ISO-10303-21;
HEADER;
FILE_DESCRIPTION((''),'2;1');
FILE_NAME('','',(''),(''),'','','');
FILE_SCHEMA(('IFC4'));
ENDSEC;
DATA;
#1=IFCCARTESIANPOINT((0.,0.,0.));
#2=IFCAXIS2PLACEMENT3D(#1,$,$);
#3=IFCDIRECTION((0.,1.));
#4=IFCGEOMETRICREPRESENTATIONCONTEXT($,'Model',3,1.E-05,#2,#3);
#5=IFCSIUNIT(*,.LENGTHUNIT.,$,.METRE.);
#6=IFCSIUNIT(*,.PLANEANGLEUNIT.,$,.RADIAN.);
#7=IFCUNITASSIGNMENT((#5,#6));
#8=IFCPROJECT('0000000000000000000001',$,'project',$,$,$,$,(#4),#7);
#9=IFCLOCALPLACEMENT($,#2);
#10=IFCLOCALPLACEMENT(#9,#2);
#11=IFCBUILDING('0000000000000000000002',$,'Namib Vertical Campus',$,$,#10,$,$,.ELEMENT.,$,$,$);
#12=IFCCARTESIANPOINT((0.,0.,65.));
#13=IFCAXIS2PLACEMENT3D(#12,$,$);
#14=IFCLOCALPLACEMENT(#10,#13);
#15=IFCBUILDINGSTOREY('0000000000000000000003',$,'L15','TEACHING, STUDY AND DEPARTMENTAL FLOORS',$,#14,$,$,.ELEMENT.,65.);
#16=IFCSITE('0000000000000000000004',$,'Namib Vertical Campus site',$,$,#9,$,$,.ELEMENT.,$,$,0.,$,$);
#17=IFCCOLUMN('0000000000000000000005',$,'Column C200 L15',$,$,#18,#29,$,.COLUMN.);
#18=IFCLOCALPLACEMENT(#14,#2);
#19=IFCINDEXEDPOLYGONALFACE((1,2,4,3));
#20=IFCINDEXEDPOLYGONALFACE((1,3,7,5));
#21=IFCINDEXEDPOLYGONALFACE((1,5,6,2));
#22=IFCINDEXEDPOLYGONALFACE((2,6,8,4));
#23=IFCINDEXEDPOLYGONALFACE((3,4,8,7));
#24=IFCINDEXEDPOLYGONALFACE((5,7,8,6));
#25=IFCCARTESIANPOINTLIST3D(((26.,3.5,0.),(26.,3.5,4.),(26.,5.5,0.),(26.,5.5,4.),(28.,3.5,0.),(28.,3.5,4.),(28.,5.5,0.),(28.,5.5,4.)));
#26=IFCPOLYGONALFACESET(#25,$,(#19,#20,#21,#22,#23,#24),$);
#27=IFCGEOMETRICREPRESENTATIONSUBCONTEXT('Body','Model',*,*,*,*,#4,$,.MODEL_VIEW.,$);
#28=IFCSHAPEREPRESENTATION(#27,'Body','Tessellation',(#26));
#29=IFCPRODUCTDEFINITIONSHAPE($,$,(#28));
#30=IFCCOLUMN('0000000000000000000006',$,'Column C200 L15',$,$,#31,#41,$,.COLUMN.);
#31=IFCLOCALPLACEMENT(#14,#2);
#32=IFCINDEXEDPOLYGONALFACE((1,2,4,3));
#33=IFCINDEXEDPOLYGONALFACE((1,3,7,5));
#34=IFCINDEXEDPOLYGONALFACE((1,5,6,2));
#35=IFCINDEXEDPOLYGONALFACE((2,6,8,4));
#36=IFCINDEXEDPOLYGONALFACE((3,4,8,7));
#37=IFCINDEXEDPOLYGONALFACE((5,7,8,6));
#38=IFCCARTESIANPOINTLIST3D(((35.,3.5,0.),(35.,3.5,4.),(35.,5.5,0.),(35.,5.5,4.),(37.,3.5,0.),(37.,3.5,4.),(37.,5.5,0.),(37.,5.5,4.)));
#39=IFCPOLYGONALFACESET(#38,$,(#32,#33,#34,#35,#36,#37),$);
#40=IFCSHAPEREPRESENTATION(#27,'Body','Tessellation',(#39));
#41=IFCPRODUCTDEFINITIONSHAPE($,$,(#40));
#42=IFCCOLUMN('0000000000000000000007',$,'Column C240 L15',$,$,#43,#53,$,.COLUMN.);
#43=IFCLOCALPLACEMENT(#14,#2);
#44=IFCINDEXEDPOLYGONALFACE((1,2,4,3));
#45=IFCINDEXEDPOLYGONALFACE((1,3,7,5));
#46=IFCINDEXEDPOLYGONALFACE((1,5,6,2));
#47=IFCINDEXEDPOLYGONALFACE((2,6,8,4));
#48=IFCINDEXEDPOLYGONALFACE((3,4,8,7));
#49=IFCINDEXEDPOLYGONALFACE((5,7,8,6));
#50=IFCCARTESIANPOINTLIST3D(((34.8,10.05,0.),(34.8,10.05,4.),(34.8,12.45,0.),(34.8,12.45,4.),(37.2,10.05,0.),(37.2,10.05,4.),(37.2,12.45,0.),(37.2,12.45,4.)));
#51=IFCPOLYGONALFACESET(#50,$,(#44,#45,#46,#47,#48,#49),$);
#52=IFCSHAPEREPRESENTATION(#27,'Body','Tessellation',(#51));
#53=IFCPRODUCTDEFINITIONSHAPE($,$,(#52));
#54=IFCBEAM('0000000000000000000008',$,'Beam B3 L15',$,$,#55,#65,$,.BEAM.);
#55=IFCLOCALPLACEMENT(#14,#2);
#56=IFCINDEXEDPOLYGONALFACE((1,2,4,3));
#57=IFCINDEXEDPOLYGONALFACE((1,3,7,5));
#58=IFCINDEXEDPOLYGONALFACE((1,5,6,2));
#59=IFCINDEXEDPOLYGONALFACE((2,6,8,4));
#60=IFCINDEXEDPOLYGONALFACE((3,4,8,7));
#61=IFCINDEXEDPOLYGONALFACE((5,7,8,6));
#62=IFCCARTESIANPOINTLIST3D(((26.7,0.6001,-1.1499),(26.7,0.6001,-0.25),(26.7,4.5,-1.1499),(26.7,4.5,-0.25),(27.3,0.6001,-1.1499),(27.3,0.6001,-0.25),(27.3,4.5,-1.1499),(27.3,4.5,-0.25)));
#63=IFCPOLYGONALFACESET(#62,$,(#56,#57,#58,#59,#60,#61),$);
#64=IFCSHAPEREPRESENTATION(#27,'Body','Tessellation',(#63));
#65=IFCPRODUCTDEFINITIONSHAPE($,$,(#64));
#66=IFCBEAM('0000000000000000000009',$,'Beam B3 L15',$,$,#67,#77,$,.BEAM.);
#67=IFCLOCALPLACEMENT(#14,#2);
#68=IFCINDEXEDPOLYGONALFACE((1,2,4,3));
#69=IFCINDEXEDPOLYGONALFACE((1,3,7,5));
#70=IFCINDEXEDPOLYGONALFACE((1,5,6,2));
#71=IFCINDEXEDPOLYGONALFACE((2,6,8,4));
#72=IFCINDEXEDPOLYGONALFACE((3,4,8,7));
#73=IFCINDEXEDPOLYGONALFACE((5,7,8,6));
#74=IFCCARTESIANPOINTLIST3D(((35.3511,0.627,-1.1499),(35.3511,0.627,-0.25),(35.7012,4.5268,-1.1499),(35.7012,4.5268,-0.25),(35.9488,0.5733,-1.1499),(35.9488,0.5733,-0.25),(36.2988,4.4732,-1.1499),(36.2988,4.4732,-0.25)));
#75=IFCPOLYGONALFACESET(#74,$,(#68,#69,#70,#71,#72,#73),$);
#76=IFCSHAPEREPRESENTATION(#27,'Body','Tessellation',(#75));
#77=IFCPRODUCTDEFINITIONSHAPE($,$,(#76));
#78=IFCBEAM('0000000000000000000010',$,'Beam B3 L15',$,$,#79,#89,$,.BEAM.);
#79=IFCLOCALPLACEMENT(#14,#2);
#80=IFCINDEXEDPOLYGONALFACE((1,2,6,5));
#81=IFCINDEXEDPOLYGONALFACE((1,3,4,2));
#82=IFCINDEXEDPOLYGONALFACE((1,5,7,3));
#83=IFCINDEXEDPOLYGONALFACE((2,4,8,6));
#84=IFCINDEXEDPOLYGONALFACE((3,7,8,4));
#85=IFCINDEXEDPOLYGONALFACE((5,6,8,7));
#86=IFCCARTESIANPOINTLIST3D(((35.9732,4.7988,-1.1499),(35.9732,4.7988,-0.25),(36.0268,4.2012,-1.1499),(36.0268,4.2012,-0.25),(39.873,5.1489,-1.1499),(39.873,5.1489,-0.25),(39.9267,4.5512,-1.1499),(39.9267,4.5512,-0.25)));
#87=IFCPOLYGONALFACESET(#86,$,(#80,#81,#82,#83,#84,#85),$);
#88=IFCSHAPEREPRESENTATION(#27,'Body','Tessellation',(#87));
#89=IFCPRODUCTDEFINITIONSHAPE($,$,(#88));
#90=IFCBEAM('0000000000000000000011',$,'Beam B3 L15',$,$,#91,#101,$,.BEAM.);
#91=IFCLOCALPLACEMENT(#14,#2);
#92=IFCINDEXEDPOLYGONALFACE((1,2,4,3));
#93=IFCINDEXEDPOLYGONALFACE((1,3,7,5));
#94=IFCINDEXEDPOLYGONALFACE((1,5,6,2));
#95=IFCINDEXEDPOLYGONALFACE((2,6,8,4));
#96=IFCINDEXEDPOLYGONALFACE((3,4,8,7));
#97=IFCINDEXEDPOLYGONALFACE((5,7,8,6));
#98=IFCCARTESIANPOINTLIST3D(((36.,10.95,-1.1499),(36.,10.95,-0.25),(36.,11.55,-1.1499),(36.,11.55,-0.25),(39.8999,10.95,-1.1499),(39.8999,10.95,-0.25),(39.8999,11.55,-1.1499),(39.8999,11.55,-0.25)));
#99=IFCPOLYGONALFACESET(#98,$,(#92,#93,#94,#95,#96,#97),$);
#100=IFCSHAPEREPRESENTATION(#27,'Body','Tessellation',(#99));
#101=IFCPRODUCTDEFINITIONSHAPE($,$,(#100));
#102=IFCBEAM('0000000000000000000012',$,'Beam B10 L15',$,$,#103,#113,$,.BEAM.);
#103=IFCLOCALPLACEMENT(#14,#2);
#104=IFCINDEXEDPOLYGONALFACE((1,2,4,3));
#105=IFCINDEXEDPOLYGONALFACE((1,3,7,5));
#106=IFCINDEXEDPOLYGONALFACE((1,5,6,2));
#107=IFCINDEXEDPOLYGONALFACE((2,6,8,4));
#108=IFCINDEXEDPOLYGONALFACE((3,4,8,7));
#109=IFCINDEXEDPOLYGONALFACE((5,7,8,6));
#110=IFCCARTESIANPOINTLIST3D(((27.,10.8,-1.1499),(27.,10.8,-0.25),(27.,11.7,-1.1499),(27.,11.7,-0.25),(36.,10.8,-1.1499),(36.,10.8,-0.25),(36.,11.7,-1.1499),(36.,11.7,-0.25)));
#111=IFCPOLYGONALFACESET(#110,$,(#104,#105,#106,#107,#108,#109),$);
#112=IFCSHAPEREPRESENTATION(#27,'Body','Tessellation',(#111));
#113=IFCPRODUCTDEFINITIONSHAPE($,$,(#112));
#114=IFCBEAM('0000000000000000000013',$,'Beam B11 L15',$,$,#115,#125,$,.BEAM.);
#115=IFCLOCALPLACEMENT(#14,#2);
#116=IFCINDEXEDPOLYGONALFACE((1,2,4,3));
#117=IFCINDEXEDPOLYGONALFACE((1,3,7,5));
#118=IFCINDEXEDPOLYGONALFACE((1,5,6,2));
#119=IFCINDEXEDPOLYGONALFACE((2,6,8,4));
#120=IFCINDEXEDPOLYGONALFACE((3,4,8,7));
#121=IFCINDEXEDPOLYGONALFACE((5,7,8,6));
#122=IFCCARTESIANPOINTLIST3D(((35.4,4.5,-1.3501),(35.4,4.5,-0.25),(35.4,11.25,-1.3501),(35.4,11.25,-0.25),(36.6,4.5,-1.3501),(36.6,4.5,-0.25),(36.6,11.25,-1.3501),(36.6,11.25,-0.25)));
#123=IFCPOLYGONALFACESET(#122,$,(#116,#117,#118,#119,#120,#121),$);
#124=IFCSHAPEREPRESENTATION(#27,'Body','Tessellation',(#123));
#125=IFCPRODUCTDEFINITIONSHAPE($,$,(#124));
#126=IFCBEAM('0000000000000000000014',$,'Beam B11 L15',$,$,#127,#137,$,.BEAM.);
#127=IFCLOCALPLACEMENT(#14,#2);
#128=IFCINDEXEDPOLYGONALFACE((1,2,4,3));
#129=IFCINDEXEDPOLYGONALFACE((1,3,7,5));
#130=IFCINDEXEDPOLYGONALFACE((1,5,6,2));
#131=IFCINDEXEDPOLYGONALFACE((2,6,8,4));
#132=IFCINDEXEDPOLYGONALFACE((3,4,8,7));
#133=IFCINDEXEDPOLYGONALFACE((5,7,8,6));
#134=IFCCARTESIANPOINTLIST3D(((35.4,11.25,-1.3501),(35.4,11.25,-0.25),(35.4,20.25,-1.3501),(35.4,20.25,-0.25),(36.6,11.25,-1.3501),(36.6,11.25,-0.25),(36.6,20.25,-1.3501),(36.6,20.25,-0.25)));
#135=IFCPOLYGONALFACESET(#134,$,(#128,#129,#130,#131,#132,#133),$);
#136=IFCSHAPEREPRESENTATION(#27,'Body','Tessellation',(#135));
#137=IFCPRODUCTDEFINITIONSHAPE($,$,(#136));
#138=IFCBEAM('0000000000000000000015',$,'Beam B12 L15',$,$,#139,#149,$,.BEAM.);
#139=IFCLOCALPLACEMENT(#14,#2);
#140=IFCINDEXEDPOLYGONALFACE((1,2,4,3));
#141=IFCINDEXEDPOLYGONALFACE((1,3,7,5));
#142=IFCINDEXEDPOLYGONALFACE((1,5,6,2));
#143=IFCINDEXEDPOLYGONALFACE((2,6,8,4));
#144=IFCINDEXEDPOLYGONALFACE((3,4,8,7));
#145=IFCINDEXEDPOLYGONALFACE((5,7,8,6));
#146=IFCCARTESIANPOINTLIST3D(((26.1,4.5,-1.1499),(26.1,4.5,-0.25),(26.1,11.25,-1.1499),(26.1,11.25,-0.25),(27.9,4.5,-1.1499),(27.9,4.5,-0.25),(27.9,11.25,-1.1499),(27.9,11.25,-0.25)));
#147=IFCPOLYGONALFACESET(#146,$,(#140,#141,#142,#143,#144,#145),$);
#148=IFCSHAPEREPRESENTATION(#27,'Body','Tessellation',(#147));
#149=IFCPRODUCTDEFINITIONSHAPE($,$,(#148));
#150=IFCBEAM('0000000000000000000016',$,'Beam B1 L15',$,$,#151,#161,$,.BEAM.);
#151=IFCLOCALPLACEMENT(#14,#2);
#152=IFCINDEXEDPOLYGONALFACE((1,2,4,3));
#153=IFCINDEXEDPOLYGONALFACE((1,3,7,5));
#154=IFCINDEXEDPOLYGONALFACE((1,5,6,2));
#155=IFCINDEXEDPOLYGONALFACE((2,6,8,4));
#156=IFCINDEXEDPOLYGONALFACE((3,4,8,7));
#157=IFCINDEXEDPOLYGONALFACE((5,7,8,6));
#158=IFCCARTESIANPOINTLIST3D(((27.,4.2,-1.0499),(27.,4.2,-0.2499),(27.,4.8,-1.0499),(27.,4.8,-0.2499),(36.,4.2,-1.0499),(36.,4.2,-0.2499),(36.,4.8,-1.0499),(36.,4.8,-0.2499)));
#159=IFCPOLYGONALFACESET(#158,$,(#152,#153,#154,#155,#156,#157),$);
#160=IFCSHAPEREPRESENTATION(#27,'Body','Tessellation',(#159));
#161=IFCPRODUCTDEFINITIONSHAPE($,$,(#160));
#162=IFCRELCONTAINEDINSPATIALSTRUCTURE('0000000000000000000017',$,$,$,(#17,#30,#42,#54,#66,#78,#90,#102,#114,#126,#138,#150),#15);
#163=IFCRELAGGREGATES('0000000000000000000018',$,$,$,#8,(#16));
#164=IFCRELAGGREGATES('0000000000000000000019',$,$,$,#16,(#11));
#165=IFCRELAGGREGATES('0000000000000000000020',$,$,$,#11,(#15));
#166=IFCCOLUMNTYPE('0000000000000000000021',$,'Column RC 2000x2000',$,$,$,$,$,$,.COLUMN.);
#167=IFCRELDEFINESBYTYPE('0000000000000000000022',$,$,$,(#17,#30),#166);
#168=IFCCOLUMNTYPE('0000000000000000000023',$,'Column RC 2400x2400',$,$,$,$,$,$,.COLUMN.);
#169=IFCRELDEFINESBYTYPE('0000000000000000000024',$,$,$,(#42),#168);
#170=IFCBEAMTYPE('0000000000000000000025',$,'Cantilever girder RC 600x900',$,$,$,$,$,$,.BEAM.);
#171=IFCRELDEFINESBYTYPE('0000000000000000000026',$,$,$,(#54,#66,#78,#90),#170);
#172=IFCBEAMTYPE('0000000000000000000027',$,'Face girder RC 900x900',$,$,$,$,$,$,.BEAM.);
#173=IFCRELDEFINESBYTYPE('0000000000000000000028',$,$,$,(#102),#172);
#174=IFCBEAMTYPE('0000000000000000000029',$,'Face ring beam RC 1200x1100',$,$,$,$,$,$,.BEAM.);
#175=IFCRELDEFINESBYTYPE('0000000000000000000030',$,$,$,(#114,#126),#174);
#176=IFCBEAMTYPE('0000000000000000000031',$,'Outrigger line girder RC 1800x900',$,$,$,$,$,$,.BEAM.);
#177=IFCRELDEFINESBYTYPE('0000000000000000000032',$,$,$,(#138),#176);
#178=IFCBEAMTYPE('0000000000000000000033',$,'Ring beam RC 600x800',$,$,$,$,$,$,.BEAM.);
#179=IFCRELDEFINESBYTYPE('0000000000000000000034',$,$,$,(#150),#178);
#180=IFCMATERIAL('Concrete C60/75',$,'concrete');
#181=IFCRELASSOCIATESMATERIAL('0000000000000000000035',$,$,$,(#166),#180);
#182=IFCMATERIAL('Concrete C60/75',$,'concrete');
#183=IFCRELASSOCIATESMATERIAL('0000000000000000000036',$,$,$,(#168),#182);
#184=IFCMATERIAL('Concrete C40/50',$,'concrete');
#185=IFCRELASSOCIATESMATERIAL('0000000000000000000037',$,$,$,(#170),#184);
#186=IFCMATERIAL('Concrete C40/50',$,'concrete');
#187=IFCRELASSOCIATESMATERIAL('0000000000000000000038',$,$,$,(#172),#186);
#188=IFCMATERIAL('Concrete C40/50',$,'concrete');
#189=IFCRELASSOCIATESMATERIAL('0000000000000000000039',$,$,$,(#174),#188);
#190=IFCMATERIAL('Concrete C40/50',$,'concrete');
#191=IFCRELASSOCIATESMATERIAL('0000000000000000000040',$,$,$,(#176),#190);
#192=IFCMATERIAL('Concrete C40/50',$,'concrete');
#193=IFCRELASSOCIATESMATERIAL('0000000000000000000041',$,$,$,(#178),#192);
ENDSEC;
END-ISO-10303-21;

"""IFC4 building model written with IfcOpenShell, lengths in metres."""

from ifc_helpers import new_model, si_unit, direction, frame, origin, origin_2d, place, context, subcontext, project, spatial, rectangle, extrude, material, material_profile, profile_set, type_object, element, save


model = new_model("IFC4")

# Units and contexts
model_context = context("Model", 3, precision=1e-05, world=origin(), true_north=direction((0.0, 1.0)))
body_context = subcontext(model_context, "Body", "Model", "MODEL_VIEW")
ifc_project = project(units=[si_unit("LENGTHUNIT", "METRE"), si_unit("PLANEANGLEUNIT", "RADIAN")], contexts=[model_context])

# Site, building, storey
site_placement = place(None, origin())
site = spatial("IfcSite", under=ifc_project, at=site_placement, Name="Namib Vertical Campus site", CompositionType="ELEMENT", RefElevation=0.0)
building_placement = place(site_placement, origin())
building = spatial("IfcBuilding", under=site, at=building_placement, Name="Namib Vertical Campus", CompositionType="ELEMENT")
storey_placement = place(building_placement, frame((0.0, 0.0, 65.0)))
storey = spatial("IfcBuildingStorey", under=building, at=storey_placement, Name="L15", Description="TEACHING, STUDY AND DEPARTMENTAL FLOORS", CompositionType="ELEMENT", Elevation=65.0)

# Columns
ifc_material_1 = material(Name="Concrete C60/75", Category="concrete")
ifc_material_profile_1 = material_profile(ifc_material_1, rectangle(XDim=2.0, YDim=2.0, at=origin_2d()))
ifc_profile_set_1 = profile_set([ifc_material_profile_1], Name="Concrete C60/75")
column_type_1 = type_object("IfcColumnType", Name="Column RC 2000x2000", PredefinedType="COLUMN", material=ifc_profile_set_1)
for number, where, z_axis, x_axis, name in (
    (1, (27.0, 4.5, 0.0), (0.0, 0.0, 1.0), (1.0, 0.0, 0.0), "Column C200 L15"),
    (2, (36.0, 4.5, 0.0), (0.0, 0.0, 1.0), (1.0, 0.0, 0.0), "Column C200 L15"),
):
    element("IfcColumn", number, at=place(storey_placement, frame(where, z_axis=z_axis, x_axis=x_axis)), inside=storey, type_object=column_type_1, Name=name, PredefinedType="COLUMN", context=body_context, shape_type="SweptSolid", body=[
        extrude(rectangle(XDim=2.0, YDim=2.0, at=origin_2d()), origin(), (0.0, 0.0, 1.0), 4.0),
    ])
ifc_material_2 = material(Name="Concrete C60/75", Category="concrete")
ifc_material_profile_2 = material_profile(ifc_material_2, rectangle(XDim=2.3999, YDim=2.3999, at=origin_2d()))
ifc_profile_set_2 = profile_set([ifc_material_profile_2], Name="Concrete C60/75")
column_type_2 = type_object("IfcColumnType", Name="Column RC 2400x2400", PredefinedType="COLUMN", material=ifc_profile_set_2)
column_placement = place(storey_placement, frame((36.0, 11.25, 0.0), z_axis=(0.0, 0.0, 1.0), x_axis=(1.0, 0.0, 0.0)))
element("IfcColumn", 3, at=column_placement, inside=storey, type_object=column_type_2, Name="Column C240 L15", PredefinedType="COLUMN", context=body_context, shape_type="SweptSolid", body=[
    extrude(rectangle(XDim=2.3999, YDim=2.3999, at=origin_2d()), origin(), (0.0, 0.0, 1.0), 4.0),
])

# Beams
ifc_material_3 = material(Name="Concrete C40/50", Category="concrete")
ifc_material_profile_3 = material_profile(ifc_material_3, rectangle(XDim=0.6001, YDim=0.8999, at=origin_2d()))
ifc_profile_set_3 = profile_set([ifc_material_profile_3], Name="Concrete C40/50")
beam_type_1 = type_object("IfcBeamType", Name="Cantilever girder RC 600x900", PredefinedType="BEAM", material=ifc_profile_set_3)
beam_1_placement = place(storey_placement, frame((27.0, 4.5, -0.7), z_axis=(0.0, -1.0, 0.0), x_axis=(1.0, 0.0, 0.0)))
element("IfcBeam", 4, at=beam_1_placement, inside=storey, type_object=beam_type_1, Name="Beam B3 L15", PredefinedType="BEAM", context=body_context, shape_type="SweptSolid", body=[
    extrude(rectangle(XDim=0.6001, YDim=0.8999, at=origin_2d()), origin(), (0.0, 0.0, 1.0), 3.8999),
])
for number, where, z_axis, x_axis, name in (
    (5, (36.0, 4.5, -0.7), (-0.089411, -0.995995, 0.0), (0.995995, -0.089411, 0.0), "Beam B3 L15"),
    (6, (36.0, 4.5, -0.7), (0.995995, 0.089411, 0.0), (-0.089411, 0.995995, 0.0), "Beam B3 L15"),
):
    element("IfcBeam", number, at=place(storey_placement, frame(where, z_axis=z_axis, x_axis=x_axis)), inside=storey, type_object=beam_type_1, Name=name, PredefinedType="BEAM", context=body_context, shape_type="SweptSolid", body=[
        extrude(rectangle(XDim=0.6001, YDim=0.8999, at=origin_2d()), origin(), (0.0, 0.0, 1.0), 3.9155),
    ])
beam_2_placement = place(storey_placement, frame((36.0, 11.25, -0.7), z_axis=(1.0, 0.0, 0.0), x_axis=(0.0, 1.0, 0.0)))
element("IfcBeam", 7, at=beam_2_placement, inside=storey, type_object=beam_type_1, Name="Beam B3 L15", PredefinedType="BEAM", context=body_context, shape_type="SweptSolid", body=[
    extrude(rectangle(XDim=0.6001, YDim=0.8999, at=origin_2d()), origin(), (0.0, 0.0, 1.0), 3.8999),
])
ifc_material_4 = material(Name="Concrete C40/50", Category="concrete")
ifc_material_profile_4 = material_profile(ifc_material_4, rectangle(XDim=0.8999, YDim=0.8999, at=origin_2d()))
ifc_profile_set_4 = profile_set([ifc_material_profile_4], Name="Concrete C40/50")
beam_type_2 = type_object("IfcBeamType", Name="Face girder RC 900x900", PredefinedType="BEAM", material=ifc_profile_set_4)
beam_3_placement = place(storey_placement, frame((36.0, 11.25, -0.7), z_axis=(-1.0, 0.0, 0.0), x_axis=(0.0, -1.0, 0.0)))
element("IfcBeam", 8, at=beam_3_placement, inside=storey, type_object=beam_type_2, Name="Beam B10 L15", PredefinedType="BEAM", context=body_context, shape_type="SweptSolid", body=[
    extrude(rectangle(XDim=0.8999, YDim=0.8999, at=origin_2d()), origin(), (0.0, 0.0, 1.0), 9.0),
])
ifc_material_5 = material(Name="Concrete C40/50", Category="concrete")
ifc_material_profile_5 = material_profile(ifc_material_5, rectangle(XDim=1.2, YDim=1.1001, at=origin_2d()))
ifc_profile_set_5 = profile_set([ifc_material_profile_5], Name="Concrete C40/50")
beam_type_3 = type_object("IfcBeamType", Name="Face ring beam RC 1200x1100", PredefinedType="BEAM", material=ifc_profile_set_5)
beam_4_placement = place(storey_placement, frame((36.0, 4.5, -0.8), z_axis=(0.0, 1.0, 0.0), x_axis=(-1.0, 0.0, 0.0)))
element("IfcBeam", 9, at=beam_4_placement, inside=storey, type_object=beam_type_3, Name="Beam B11 L15", PredefinedType="BEAM", context=body_context, shape_type="SweptSolid", body=[
    extrude(rectangle(XDim=1.2, YDim=1.1001, at=origin_2d()), origin(), (0.0, 0.0, 1.0), 6.75),
])
beam_5_placement = place(storey_placement, frame((36.0, 11.25, -0.8), z_axis=(0.0, 1.0, 0.0), x_axis=(-1.0, 0.0, 0.0)))
element("IfcBeam", 10, at=beam_5_placement, inside=storey, type_object=beam_type_3, Name="Beam B11 L15", PredefinedType="BEAM", context=body_context, shape_type="SweptSolid", body=[
    extrude(rectangle(XDim=1.2, YDim=1.1001, at=origin_2d()), origin(), (0.0, 0.0, 1.0), 9.0),
])
ifc_material_6 = material(Name="Concrete C40/50", Category="concrete")
ifc_material_profile_6 = material_profile(ifc_material_6, rectangle(XDim=1.8, YDim=0.8999, at=origin_2d()))
ifc_profile_set_6 = profile_set([ifc_material_profile_6], Name="Concrete C40/50")
beam_type_4 = type_object("IfcBeamType", Name="Outrigger line girder RC 1800x900", PredefinedType="BEAM", material=ifc_profile_set_6)
beam_6_placement = place(storey_placement, frame((27.0, 4.5, -0.7), z_axis=(0.0, 1.0, 0.0), x_axis=(-1.0, 0.0, 0.0)))
element("IfcBeam", 11, at=beam_6_placement, inside=storey, type_object=beam_type_4, Name="Beam B12 L15", PredefinedType="BEAM", context=body_context, shape_type="SweptSolid", body=[
    extrude(rectangle(XDim=1.8, YDim=0.8999, at=origin_2d()), origin(), (0.0, 0.0, 1.0), 6.75),
])
ifc_material_7 = material(Name="Concrete C40/50", Category="concrete")
ifc_material_profile_7 = material_profile(ifc_material_7, rectangle(XDim=0.6001, YDim=0.8, at=origin_2d()))
ifc_profile_set_7 = profile_set([ifc_material_profile_7], Name="Concrete C40/50")
beam_type_5 = type_object("IfcBeamType", Name="Ring beam RC 600x800", PredefinedType="BEAM", material=ifc_profile_set_7)
beam_7_placement = place(storey_placement, frame((27.0, 4.5, -0.6499), z_axis=(1.0, 0.0, 0.0), x_axis=(0.0, 1.0, 0.0)))
element("IfcBeam", 12, at=beam_7_placement, inside=storey, type_object=beam_type_5, Name="Beam B1 L15", PredefinedType="BEAM", context=body_context, shape_type="SweptSolid", body=[
    extrude(rectangle(XDim=0.6001, YDim=0.8, at=origin_2d()), origin(), (0.0, 0.0, 1.0), 9.0),
])

save(model, "model.ifc")
